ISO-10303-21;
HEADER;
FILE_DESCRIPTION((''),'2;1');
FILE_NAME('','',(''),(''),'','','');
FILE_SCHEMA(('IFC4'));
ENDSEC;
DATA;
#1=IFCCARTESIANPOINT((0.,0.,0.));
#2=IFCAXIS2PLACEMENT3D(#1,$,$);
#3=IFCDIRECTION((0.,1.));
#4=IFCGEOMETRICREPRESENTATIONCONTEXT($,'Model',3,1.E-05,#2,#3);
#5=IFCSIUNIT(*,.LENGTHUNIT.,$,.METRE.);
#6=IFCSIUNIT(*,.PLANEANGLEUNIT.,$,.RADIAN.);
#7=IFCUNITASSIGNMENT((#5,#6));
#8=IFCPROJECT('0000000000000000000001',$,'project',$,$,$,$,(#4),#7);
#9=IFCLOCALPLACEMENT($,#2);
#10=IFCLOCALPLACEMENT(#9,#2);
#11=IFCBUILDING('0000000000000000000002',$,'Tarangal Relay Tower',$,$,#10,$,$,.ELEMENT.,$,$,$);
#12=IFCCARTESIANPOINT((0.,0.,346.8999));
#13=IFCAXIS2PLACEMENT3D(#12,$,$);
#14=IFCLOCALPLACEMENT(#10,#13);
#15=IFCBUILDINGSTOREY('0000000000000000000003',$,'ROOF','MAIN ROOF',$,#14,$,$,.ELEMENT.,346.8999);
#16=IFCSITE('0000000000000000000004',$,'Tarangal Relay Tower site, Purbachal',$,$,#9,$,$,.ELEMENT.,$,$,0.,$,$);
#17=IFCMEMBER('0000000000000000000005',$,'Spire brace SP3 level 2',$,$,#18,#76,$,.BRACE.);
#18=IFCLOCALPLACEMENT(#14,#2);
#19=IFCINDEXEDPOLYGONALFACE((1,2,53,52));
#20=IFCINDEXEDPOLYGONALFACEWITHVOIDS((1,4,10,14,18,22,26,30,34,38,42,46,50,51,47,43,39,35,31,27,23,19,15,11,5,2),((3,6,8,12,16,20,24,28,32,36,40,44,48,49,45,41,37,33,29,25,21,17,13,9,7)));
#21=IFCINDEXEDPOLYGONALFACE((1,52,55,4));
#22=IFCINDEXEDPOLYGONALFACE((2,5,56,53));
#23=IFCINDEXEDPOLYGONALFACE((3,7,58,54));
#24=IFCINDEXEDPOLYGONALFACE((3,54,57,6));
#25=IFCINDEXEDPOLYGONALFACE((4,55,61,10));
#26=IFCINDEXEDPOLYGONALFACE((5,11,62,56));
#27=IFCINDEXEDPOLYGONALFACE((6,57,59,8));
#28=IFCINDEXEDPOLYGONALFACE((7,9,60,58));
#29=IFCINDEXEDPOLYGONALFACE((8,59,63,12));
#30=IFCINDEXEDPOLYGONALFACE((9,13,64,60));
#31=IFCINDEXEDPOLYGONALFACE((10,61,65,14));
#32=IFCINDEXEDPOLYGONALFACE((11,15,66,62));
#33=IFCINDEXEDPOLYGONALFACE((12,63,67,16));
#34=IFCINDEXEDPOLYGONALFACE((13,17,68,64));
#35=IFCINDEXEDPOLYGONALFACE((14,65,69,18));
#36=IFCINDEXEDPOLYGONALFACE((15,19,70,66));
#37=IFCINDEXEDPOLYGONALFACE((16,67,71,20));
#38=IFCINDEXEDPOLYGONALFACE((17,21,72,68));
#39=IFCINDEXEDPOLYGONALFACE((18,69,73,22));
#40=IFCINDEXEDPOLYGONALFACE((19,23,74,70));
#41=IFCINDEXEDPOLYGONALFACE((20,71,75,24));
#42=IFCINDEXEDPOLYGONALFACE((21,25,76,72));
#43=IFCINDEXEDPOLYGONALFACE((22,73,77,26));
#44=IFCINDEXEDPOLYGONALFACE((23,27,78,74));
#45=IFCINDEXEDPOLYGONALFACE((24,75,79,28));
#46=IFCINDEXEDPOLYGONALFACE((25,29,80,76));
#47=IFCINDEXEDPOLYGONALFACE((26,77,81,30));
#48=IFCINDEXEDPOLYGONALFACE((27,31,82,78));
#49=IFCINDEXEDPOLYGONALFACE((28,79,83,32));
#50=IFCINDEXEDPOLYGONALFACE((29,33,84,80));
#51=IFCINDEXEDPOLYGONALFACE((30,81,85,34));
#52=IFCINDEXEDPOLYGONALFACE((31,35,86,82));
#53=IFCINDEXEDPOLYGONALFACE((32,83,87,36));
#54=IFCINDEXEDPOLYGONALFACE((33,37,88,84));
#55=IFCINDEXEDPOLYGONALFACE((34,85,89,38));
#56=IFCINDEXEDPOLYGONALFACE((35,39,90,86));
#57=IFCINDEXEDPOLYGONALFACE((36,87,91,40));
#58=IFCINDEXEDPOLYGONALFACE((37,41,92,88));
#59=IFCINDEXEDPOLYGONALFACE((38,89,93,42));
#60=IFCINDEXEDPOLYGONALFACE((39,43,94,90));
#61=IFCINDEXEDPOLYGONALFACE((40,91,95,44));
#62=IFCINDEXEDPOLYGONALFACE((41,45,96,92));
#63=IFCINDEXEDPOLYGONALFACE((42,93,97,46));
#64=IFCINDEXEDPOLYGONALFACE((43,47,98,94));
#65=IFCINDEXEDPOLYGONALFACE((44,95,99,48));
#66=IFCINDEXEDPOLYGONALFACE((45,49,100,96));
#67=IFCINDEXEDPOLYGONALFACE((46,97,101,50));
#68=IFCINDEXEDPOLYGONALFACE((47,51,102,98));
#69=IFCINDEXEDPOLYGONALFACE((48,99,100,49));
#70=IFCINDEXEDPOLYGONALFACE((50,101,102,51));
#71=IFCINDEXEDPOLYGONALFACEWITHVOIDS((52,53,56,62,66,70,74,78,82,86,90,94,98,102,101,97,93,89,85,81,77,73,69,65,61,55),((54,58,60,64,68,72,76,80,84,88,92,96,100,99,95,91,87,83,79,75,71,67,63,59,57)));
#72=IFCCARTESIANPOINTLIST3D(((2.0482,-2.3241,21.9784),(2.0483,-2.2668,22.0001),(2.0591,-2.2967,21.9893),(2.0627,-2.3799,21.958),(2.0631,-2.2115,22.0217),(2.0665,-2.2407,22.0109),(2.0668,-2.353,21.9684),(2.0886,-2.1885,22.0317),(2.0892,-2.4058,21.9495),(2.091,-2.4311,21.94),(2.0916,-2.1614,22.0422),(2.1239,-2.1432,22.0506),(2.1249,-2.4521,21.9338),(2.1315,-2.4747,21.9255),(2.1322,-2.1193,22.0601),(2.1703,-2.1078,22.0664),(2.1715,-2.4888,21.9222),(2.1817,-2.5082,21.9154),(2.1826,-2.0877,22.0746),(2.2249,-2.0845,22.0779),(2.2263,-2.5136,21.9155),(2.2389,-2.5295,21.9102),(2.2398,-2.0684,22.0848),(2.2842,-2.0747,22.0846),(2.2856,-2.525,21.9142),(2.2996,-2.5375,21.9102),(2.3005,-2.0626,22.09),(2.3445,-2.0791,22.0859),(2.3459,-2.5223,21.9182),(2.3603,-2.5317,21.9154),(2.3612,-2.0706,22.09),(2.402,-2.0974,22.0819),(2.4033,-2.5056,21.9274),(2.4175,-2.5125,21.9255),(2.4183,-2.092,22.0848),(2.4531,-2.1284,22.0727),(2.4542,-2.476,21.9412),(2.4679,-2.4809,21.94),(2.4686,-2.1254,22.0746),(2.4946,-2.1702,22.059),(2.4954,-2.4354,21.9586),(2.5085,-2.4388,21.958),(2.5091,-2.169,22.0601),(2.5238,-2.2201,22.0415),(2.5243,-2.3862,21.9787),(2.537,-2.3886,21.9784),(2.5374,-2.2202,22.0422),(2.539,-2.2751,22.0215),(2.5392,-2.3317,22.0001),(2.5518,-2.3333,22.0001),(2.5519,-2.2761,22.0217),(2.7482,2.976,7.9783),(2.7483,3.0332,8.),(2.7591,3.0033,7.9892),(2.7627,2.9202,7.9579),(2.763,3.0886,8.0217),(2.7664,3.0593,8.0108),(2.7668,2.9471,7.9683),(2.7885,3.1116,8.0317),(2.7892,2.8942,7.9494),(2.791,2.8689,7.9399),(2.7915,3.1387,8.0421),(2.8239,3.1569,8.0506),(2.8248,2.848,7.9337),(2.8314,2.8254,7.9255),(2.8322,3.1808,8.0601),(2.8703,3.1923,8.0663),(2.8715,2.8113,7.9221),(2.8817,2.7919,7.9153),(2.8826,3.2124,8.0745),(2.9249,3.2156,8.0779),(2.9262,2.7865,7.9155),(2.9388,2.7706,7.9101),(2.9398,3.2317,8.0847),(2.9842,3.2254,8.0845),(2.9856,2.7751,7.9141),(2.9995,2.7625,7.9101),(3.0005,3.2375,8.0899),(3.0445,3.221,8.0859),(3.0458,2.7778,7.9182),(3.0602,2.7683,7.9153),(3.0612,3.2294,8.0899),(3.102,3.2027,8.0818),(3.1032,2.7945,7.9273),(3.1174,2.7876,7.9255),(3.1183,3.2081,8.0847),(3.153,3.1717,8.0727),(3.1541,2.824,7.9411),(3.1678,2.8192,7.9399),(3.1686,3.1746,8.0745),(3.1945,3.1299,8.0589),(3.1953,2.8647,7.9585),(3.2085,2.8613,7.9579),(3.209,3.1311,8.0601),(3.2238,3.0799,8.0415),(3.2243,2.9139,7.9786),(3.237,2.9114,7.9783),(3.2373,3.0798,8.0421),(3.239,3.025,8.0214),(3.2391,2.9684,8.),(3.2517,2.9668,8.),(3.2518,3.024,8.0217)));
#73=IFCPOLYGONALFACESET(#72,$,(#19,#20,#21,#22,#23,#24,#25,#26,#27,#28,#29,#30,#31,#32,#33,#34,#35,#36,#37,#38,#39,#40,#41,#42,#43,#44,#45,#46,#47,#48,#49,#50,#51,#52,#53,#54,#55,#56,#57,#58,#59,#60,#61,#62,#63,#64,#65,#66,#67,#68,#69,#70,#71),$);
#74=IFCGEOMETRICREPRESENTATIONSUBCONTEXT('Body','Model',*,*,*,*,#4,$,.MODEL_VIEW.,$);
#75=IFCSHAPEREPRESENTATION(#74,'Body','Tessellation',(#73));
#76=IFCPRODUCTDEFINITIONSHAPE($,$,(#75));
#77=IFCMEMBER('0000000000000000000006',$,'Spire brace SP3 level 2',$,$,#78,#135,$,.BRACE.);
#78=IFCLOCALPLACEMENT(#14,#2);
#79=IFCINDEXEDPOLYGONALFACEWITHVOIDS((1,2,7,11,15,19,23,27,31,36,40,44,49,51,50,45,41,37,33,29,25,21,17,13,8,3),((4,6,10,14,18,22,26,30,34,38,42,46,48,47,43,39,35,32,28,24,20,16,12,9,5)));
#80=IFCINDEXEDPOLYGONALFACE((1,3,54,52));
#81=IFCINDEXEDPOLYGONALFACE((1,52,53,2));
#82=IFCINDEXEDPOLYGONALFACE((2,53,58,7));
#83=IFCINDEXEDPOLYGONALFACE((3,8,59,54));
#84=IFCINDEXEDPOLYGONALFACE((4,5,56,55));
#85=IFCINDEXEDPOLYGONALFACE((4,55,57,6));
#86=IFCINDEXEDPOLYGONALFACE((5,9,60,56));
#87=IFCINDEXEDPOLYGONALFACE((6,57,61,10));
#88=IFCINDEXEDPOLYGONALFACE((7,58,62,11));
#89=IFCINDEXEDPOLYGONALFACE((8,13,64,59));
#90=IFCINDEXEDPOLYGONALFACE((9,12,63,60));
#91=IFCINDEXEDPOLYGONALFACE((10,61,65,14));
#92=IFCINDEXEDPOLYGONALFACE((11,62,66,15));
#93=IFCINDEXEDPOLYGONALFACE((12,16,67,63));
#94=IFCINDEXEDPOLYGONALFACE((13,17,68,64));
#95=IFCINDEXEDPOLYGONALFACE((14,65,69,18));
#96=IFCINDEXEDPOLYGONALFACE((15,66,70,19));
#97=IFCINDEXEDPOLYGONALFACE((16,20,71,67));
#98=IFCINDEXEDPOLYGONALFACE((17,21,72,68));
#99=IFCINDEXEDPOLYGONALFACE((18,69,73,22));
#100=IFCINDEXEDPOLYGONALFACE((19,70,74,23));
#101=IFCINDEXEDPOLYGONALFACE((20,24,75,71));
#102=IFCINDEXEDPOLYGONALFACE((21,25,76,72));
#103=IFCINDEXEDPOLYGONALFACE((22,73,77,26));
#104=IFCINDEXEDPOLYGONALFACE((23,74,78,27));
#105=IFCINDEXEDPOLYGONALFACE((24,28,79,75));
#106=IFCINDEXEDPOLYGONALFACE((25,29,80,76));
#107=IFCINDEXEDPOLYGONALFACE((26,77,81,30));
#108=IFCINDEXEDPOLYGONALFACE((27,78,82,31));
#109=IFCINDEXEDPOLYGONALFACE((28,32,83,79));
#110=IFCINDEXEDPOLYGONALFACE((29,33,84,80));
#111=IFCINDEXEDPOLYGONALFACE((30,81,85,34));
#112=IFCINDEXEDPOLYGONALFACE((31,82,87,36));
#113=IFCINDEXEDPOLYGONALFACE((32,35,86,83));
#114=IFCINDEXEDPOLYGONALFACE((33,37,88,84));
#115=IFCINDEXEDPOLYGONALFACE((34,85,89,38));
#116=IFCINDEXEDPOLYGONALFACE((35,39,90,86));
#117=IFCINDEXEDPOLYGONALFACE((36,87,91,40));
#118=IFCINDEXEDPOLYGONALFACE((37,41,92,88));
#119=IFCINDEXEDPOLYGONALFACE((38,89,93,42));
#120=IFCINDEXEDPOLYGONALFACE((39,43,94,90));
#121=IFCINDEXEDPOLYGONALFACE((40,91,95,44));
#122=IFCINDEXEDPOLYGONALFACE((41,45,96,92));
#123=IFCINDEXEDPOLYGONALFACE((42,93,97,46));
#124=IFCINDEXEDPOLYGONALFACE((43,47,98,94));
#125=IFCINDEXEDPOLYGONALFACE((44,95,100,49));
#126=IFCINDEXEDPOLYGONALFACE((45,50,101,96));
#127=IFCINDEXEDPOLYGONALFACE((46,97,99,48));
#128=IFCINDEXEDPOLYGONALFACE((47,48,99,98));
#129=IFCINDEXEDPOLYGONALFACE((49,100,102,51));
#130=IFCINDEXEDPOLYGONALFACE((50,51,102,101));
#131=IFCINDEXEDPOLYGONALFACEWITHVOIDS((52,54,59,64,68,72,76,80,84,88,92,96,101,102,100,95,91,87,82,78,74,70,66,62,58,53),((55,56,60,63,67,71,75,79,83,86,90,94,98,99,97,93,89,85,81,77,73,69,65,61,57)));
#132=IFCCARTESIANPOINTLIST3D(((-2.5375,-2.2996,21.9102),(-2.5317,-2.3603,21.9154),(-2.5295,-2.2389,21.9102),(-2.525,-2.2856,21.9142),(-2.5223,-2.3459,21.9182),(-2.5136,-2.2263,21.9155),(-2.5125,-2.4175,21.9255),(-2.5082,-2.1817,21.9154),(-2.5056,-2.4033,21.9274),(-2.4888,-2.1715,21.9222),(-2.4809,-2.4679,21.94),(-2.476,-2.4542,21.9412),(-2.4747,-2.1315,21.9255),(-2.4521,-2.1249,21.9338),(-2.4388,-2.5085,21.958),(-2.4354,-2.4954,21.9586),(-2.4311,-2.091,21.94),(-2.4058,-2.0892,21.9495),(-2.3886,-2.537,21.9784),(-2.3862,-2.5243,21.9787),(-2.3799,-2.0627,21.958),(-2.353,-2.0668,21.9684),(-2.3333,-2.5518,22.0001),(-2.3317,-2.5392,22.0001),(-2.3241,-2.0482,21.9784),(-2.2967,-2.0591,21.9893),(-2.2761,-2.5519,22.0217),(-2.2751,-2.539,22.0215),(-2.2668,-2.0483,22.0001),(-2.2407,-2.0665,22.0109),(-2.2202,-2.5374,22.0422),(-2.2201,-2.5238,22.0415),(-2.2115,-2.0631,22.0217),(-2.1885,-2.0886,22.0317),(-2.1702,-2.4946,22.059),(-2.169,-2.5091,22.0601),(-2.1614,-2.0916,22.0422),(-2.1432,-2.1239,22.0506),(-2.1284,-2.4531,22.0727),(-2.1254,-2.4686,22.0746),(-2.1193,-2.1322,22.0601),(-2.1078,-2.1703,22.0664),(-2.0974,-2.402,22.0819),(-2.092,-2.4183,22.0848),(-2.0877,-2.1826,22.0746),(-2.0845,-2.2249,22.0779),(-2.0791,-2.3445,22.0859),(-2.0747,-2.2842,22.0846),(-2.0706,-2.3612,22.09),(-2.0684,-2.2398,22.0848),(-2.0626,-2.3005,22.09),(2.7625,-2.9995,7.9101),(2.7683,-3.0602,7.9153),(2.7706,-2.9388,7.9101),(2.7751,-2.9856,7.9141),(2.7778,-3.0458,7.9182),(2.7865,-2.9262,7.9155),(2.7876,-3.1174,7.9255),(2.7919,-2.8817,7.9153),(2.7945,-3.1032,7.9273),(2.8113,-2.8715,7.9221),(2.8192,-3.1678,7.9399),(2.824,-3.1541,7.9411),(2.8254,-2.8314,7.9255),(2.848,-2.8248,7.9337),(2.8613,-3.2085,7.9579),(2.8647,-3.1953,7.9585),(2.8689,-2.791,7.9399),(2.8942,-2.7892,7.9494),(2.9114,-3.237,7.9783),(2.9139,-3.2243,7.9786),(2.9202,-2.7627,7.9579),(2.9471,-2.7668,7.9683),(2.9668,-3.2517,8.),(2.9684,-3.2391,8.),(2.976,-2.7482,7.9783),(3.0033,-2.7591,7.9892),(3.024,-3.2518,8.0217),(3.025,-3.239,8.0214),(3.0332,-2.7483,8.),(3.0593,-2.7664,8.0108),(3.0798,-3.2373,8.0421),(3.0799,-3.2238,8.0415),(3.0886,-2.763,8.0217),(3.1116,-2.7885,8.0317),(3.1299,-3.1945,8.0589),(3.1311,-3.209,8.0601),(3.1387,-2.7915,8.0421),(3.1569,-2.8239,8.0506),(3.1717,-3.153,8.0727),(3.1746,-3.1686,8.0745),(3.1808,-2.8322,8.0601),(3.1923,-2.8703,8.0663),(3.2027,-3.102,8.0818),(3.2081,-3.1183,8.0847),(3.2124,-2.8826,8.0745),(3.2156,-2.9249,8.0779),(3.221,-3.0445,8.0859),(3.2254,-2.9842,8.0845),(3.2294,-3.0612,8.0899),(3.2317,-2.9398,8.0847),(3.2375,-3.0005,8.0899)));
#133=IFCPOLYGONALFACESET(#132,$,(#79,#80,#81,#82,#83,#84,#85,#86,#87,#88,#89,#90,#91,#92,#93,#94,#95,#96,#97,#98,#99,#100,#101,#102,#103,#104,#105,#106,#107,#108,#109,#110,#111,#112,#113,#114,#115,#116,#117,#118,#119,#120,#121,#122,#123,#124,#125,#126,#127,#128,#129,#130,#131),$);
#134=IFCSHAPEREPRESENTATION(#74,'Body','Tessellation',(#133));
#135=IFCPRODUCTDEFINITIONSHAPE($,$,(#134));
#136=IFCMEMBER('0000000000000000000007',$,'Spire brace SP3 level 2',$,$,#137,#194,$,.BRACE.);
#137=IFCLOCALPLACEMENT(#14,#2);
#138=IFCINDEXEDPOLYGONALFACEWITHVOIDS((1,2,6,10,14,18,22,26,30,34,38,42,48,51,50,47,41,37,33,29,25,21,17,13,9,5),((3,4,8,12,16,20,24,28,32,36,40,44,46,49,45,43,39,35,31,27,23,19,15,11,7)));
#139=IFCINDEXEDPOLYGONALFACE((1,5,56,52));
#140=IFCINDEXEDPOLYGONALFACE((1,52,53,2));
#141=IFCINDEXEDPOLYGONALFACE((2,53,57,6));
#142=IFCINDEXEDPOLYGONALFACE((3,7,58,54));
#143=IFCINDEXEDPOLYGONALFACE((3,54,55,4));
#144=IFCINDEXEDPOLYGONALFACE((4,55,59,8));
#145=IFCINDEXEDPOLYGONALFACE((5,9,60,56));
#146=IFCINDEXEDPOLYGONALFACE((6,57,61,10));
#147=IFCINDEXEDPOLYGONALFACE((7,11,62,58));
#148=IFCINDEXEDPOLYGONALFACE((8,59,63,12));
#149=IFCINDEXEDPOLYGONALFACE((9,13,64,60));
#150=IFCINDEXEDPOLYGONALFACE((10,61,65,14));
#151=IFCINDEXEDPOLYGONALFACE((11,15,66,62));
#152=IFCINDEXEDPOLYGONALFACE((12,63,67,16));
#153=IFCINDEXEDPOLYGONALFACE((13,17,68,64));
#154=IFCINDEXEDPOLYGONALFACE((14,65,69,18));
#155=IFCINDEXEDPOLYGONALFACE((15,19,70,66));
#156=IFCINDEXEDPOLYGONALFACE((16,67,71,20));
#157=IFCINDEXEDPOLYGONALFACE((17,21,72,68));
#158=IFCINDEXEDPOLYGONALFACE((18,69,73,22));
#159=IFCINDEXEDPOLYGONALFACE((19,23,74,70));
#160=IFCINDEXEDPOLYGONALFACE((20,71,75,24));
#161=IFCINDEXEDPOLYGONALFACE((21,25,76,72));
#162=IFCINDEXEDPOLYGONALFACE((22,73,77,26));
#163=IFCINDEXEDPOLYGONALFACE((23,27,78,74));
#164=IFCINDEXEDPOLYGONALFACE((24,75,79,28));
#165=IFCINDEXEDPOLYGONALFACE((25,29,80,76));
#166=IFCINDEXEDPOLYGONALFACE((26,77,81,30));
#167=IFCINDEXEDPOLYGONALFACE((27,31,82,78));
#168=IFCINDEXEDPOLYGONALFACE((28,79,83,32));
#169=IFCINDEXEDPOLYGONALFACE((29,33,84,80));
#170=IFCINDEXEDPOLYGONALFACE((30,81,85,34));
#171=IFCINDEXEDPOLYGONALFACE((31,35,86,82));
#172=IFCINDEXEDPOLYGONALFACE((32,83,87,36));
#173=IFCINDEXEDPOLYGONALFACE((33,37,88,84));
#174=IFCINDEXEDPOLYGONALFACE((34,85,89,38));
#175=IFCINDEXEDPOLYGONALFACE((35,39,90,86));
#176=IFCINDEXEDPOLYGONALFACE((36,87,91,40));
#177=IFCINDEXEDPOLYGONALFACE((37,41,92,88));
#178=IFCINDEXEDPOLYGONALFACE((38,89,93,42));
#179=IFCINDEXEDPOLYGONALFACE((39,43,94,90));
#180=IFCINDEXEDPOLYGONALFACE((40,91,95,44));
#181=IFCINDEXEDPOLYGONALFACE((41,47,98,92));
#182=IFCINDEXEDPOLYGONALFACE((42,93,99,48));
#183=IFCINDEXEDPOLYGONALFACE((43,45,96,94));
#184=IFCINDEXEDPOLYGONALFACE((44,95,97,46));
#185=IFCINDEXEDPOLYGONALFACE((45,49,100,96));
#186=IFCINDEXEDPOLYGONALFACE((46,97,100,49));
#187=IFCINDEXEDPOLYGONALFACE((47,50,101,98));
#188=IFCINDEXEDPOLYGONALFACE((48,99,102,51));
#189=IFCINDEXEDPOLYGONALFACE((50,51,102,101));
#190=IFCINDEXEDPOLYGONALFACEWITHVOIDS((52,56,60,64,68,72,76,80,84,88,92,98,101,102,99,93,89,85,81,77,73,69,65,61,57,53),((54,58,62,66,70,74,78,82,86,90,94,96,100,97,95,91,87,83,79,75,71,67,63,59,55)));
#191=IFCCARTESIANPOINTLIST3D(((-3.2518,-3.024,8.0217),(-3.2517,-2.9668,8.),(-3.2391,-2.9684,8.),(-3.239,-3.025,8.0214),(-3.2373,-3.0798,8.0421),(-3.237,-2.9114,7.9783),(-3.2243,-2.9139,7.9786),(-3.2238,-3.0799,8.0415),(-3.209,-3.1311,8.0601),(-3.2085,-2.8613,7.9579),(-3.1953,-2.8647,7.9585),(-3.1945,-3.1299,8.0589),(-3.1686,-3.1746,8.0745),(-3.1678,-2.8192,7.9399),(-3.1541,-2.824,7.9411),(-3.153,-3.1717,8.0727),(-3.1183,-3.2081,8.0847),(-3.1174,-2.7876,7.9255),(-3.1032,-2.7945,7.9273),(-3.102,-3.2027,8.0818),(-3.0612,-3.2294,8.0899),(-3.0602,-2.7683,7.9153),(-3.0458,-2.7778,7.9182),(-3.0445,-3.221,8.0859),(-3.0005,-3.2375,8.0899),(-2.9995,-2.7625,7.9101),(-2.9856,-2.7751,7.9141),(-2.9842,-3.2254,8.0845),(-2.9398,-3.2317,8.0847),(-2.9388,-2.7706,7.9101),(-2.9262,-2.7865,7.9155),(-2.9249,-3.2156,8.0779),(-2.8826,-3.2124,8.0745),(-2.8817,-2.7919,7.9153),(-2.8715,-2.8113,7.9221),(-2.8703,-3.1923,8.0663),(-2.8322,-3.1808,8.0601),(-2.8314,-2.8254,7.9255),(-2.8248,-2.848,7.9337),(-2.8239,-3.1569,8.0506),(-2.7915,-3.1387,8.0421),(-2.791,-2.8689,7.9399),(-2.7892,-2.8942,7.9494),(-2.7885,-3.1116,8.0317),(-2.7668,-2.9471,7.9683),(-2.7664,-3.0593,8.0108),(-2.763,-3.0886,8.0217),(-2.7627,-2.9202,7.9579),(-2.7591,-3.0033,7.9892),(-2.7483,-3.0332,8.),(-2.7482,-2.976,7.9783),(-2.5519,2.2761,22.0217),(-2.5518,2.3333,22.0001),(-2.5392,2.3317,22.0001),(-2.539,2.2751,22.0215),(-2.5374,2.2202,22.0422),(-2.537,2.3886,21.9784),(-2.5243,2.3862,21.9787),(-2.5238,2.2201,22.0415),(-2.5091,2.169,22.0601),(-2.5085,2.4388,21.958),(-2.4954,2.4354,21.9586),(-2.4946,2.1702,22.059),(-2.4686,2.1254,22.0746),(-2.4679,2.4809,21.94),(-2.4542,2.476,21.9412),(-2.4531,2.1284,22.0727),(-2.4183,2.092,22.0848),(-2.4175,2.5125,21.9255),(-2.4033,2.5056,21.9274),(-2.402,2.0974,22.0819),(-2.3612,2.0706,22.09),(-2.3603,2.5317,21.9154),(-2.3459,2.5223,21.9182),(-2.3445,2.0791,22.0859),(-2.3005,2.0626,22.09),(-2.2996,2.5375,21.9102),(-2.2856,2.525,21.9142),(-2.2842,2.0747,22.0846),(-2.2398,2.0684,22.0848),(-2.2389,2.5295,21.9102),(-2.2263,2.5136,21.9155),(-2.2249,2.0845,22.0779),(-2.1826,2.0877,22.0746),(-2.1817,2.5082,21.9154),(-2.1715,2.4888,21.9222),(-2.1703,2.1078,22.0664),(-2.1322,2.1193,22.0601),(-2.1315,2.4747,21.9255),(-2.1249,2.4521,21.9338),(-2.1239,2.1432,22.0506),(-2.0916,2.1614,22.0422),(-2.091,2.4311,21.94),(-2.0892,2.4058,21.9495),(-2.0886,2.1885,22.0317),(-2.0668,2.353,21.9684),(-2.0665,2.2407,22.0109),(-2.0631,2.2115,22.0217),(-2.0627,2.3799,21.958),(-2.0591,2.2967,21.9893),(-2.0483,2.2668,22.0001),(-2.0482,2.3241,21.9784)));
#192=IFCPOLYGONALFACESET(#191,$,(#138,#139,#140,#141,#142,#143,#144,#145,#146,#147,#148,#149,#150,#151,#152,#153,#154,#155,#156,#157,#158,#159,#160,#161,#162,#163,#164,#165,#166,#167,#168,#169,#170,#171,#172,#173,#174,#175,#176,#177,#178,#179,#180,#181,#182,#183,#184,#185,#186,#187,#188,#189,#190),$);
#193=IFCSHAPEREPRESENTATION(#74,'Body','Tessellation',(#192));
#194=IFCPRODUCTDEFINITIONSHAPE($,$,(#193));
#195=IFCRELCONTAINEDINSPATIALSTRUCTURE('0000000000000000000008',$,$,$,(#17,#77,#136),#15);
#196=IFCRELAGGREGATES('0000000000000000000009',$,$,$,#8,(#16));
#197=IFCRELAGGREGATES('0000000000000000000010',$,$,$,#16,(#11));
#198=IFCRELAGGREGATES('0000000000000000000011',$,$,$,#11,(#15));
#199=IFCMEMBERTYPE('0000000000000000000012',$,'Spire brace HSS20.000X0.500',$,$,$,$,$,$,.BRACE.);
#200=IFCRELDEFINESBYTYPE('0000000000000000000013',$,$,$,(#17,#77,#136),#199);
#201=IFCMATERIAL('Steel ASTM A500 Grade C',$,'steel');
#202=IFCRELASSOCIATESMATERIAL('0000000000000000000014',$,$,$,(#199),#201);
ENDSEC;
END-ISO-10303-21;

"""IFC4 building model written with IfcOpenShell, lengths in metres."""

from ifc_helpers import new_model, si_unit, direction, frame, origin, origin_2d, place, context, subcontext, project, spatial, hollow_circle, extrude, material, material_profile, profile_set, type_object, element, save


model = new_model("IFC4")

# Units and contexts
model_context = context("Model", 3, precision=1e-05, world=origin(), true_north=direction((0.0, 1.0)))
body_context = subcontext(model_context, "Body", "Model", "MODEL_VIEW")
ifc_project = project(units=[si_unit("LENGTHUNIT", "METRE"), si_unit("PLANEANGLEUNIT", "RADIAN")], contexts=[model_context])

# Site, building, storey
site_placement = place(None, origin())
site = spatial("IfcSite", under=ifc_project, at=site_placement, Name="Tarangal Relay Tower site, Purbachal", CompositionType="ELEMENT", RefElevation=0.0)
building_placement = place(site_placement, origin())
building = spatial("IfcBuilding", under=site, at=building_placement, Name="Tarangal Relay Tower", CompositionType="ELEMENT")
storey_placement = place(building_placement, frame((0.0, 0.0, 346.8999)))
storey = spatial("IfcBuildingStorey", under=building, at=storey_placement, Name="ROOF", Description="MAIN ROOF", CompositionType="ELEMENT", Elevation=346.8999)

# Members
ifc_material_1 = material(Name="Steel ASTM A500 Grade C", Category="steel")
ifc_material_profile_1 = material_profile(ifc_material_1, hollow_circle(Radius=0.2539, WallThickness=0.0127, at=origin_2d()), Name="HSS20.000X0.500")
ifc_profile_set_1 = profile_set([ifc_material_profile_1], Name="Steel ASTM A500 Grade C")
member_type_1 = type_object("IfcMemberType", Name="Spire brace HSS20.000X0.500", PredefinedType="BRACE", material=ifc_profile_set_1)
for number, where, z_axis, x_axis, name in (
    (1, (3.0, 3.0, 8.0), (-0.046707, -0.353666, 0.934205), (0.991392, -0.130928, 0.0), "Spire brace SP3 level 2"),
    (2, (3.0, -3.0, 8.0), (-0.353666, 0.046707, 0.934205), (-0.130928, -0.991392, 0.0), "Spire brace SP3 level 2"),
    (3, (-3.0, -3.0, 8.0), (0.046707, 0.353666, 0.934205), (-0.991392, 0.130928, 0.0), "Spire brace SP3 level 2"),
):
    element("IfcMember", number, at=place(storey_placement, frame(where, z_axis=z_axis, x_axis=x_axis)), inside=storey, type_object=member_type_1, Name=name, PredefinedType="BRACE", context=body_context, shape_type="SweptSolid", body=[
        extrude(hollow_circle(Radius=0.2539, WallThickness=0.0127, at=origin_2d()), origin(), (0.0, 0.0, 1.0), 14.9861),
    ])

save(model, "model.ifc")
